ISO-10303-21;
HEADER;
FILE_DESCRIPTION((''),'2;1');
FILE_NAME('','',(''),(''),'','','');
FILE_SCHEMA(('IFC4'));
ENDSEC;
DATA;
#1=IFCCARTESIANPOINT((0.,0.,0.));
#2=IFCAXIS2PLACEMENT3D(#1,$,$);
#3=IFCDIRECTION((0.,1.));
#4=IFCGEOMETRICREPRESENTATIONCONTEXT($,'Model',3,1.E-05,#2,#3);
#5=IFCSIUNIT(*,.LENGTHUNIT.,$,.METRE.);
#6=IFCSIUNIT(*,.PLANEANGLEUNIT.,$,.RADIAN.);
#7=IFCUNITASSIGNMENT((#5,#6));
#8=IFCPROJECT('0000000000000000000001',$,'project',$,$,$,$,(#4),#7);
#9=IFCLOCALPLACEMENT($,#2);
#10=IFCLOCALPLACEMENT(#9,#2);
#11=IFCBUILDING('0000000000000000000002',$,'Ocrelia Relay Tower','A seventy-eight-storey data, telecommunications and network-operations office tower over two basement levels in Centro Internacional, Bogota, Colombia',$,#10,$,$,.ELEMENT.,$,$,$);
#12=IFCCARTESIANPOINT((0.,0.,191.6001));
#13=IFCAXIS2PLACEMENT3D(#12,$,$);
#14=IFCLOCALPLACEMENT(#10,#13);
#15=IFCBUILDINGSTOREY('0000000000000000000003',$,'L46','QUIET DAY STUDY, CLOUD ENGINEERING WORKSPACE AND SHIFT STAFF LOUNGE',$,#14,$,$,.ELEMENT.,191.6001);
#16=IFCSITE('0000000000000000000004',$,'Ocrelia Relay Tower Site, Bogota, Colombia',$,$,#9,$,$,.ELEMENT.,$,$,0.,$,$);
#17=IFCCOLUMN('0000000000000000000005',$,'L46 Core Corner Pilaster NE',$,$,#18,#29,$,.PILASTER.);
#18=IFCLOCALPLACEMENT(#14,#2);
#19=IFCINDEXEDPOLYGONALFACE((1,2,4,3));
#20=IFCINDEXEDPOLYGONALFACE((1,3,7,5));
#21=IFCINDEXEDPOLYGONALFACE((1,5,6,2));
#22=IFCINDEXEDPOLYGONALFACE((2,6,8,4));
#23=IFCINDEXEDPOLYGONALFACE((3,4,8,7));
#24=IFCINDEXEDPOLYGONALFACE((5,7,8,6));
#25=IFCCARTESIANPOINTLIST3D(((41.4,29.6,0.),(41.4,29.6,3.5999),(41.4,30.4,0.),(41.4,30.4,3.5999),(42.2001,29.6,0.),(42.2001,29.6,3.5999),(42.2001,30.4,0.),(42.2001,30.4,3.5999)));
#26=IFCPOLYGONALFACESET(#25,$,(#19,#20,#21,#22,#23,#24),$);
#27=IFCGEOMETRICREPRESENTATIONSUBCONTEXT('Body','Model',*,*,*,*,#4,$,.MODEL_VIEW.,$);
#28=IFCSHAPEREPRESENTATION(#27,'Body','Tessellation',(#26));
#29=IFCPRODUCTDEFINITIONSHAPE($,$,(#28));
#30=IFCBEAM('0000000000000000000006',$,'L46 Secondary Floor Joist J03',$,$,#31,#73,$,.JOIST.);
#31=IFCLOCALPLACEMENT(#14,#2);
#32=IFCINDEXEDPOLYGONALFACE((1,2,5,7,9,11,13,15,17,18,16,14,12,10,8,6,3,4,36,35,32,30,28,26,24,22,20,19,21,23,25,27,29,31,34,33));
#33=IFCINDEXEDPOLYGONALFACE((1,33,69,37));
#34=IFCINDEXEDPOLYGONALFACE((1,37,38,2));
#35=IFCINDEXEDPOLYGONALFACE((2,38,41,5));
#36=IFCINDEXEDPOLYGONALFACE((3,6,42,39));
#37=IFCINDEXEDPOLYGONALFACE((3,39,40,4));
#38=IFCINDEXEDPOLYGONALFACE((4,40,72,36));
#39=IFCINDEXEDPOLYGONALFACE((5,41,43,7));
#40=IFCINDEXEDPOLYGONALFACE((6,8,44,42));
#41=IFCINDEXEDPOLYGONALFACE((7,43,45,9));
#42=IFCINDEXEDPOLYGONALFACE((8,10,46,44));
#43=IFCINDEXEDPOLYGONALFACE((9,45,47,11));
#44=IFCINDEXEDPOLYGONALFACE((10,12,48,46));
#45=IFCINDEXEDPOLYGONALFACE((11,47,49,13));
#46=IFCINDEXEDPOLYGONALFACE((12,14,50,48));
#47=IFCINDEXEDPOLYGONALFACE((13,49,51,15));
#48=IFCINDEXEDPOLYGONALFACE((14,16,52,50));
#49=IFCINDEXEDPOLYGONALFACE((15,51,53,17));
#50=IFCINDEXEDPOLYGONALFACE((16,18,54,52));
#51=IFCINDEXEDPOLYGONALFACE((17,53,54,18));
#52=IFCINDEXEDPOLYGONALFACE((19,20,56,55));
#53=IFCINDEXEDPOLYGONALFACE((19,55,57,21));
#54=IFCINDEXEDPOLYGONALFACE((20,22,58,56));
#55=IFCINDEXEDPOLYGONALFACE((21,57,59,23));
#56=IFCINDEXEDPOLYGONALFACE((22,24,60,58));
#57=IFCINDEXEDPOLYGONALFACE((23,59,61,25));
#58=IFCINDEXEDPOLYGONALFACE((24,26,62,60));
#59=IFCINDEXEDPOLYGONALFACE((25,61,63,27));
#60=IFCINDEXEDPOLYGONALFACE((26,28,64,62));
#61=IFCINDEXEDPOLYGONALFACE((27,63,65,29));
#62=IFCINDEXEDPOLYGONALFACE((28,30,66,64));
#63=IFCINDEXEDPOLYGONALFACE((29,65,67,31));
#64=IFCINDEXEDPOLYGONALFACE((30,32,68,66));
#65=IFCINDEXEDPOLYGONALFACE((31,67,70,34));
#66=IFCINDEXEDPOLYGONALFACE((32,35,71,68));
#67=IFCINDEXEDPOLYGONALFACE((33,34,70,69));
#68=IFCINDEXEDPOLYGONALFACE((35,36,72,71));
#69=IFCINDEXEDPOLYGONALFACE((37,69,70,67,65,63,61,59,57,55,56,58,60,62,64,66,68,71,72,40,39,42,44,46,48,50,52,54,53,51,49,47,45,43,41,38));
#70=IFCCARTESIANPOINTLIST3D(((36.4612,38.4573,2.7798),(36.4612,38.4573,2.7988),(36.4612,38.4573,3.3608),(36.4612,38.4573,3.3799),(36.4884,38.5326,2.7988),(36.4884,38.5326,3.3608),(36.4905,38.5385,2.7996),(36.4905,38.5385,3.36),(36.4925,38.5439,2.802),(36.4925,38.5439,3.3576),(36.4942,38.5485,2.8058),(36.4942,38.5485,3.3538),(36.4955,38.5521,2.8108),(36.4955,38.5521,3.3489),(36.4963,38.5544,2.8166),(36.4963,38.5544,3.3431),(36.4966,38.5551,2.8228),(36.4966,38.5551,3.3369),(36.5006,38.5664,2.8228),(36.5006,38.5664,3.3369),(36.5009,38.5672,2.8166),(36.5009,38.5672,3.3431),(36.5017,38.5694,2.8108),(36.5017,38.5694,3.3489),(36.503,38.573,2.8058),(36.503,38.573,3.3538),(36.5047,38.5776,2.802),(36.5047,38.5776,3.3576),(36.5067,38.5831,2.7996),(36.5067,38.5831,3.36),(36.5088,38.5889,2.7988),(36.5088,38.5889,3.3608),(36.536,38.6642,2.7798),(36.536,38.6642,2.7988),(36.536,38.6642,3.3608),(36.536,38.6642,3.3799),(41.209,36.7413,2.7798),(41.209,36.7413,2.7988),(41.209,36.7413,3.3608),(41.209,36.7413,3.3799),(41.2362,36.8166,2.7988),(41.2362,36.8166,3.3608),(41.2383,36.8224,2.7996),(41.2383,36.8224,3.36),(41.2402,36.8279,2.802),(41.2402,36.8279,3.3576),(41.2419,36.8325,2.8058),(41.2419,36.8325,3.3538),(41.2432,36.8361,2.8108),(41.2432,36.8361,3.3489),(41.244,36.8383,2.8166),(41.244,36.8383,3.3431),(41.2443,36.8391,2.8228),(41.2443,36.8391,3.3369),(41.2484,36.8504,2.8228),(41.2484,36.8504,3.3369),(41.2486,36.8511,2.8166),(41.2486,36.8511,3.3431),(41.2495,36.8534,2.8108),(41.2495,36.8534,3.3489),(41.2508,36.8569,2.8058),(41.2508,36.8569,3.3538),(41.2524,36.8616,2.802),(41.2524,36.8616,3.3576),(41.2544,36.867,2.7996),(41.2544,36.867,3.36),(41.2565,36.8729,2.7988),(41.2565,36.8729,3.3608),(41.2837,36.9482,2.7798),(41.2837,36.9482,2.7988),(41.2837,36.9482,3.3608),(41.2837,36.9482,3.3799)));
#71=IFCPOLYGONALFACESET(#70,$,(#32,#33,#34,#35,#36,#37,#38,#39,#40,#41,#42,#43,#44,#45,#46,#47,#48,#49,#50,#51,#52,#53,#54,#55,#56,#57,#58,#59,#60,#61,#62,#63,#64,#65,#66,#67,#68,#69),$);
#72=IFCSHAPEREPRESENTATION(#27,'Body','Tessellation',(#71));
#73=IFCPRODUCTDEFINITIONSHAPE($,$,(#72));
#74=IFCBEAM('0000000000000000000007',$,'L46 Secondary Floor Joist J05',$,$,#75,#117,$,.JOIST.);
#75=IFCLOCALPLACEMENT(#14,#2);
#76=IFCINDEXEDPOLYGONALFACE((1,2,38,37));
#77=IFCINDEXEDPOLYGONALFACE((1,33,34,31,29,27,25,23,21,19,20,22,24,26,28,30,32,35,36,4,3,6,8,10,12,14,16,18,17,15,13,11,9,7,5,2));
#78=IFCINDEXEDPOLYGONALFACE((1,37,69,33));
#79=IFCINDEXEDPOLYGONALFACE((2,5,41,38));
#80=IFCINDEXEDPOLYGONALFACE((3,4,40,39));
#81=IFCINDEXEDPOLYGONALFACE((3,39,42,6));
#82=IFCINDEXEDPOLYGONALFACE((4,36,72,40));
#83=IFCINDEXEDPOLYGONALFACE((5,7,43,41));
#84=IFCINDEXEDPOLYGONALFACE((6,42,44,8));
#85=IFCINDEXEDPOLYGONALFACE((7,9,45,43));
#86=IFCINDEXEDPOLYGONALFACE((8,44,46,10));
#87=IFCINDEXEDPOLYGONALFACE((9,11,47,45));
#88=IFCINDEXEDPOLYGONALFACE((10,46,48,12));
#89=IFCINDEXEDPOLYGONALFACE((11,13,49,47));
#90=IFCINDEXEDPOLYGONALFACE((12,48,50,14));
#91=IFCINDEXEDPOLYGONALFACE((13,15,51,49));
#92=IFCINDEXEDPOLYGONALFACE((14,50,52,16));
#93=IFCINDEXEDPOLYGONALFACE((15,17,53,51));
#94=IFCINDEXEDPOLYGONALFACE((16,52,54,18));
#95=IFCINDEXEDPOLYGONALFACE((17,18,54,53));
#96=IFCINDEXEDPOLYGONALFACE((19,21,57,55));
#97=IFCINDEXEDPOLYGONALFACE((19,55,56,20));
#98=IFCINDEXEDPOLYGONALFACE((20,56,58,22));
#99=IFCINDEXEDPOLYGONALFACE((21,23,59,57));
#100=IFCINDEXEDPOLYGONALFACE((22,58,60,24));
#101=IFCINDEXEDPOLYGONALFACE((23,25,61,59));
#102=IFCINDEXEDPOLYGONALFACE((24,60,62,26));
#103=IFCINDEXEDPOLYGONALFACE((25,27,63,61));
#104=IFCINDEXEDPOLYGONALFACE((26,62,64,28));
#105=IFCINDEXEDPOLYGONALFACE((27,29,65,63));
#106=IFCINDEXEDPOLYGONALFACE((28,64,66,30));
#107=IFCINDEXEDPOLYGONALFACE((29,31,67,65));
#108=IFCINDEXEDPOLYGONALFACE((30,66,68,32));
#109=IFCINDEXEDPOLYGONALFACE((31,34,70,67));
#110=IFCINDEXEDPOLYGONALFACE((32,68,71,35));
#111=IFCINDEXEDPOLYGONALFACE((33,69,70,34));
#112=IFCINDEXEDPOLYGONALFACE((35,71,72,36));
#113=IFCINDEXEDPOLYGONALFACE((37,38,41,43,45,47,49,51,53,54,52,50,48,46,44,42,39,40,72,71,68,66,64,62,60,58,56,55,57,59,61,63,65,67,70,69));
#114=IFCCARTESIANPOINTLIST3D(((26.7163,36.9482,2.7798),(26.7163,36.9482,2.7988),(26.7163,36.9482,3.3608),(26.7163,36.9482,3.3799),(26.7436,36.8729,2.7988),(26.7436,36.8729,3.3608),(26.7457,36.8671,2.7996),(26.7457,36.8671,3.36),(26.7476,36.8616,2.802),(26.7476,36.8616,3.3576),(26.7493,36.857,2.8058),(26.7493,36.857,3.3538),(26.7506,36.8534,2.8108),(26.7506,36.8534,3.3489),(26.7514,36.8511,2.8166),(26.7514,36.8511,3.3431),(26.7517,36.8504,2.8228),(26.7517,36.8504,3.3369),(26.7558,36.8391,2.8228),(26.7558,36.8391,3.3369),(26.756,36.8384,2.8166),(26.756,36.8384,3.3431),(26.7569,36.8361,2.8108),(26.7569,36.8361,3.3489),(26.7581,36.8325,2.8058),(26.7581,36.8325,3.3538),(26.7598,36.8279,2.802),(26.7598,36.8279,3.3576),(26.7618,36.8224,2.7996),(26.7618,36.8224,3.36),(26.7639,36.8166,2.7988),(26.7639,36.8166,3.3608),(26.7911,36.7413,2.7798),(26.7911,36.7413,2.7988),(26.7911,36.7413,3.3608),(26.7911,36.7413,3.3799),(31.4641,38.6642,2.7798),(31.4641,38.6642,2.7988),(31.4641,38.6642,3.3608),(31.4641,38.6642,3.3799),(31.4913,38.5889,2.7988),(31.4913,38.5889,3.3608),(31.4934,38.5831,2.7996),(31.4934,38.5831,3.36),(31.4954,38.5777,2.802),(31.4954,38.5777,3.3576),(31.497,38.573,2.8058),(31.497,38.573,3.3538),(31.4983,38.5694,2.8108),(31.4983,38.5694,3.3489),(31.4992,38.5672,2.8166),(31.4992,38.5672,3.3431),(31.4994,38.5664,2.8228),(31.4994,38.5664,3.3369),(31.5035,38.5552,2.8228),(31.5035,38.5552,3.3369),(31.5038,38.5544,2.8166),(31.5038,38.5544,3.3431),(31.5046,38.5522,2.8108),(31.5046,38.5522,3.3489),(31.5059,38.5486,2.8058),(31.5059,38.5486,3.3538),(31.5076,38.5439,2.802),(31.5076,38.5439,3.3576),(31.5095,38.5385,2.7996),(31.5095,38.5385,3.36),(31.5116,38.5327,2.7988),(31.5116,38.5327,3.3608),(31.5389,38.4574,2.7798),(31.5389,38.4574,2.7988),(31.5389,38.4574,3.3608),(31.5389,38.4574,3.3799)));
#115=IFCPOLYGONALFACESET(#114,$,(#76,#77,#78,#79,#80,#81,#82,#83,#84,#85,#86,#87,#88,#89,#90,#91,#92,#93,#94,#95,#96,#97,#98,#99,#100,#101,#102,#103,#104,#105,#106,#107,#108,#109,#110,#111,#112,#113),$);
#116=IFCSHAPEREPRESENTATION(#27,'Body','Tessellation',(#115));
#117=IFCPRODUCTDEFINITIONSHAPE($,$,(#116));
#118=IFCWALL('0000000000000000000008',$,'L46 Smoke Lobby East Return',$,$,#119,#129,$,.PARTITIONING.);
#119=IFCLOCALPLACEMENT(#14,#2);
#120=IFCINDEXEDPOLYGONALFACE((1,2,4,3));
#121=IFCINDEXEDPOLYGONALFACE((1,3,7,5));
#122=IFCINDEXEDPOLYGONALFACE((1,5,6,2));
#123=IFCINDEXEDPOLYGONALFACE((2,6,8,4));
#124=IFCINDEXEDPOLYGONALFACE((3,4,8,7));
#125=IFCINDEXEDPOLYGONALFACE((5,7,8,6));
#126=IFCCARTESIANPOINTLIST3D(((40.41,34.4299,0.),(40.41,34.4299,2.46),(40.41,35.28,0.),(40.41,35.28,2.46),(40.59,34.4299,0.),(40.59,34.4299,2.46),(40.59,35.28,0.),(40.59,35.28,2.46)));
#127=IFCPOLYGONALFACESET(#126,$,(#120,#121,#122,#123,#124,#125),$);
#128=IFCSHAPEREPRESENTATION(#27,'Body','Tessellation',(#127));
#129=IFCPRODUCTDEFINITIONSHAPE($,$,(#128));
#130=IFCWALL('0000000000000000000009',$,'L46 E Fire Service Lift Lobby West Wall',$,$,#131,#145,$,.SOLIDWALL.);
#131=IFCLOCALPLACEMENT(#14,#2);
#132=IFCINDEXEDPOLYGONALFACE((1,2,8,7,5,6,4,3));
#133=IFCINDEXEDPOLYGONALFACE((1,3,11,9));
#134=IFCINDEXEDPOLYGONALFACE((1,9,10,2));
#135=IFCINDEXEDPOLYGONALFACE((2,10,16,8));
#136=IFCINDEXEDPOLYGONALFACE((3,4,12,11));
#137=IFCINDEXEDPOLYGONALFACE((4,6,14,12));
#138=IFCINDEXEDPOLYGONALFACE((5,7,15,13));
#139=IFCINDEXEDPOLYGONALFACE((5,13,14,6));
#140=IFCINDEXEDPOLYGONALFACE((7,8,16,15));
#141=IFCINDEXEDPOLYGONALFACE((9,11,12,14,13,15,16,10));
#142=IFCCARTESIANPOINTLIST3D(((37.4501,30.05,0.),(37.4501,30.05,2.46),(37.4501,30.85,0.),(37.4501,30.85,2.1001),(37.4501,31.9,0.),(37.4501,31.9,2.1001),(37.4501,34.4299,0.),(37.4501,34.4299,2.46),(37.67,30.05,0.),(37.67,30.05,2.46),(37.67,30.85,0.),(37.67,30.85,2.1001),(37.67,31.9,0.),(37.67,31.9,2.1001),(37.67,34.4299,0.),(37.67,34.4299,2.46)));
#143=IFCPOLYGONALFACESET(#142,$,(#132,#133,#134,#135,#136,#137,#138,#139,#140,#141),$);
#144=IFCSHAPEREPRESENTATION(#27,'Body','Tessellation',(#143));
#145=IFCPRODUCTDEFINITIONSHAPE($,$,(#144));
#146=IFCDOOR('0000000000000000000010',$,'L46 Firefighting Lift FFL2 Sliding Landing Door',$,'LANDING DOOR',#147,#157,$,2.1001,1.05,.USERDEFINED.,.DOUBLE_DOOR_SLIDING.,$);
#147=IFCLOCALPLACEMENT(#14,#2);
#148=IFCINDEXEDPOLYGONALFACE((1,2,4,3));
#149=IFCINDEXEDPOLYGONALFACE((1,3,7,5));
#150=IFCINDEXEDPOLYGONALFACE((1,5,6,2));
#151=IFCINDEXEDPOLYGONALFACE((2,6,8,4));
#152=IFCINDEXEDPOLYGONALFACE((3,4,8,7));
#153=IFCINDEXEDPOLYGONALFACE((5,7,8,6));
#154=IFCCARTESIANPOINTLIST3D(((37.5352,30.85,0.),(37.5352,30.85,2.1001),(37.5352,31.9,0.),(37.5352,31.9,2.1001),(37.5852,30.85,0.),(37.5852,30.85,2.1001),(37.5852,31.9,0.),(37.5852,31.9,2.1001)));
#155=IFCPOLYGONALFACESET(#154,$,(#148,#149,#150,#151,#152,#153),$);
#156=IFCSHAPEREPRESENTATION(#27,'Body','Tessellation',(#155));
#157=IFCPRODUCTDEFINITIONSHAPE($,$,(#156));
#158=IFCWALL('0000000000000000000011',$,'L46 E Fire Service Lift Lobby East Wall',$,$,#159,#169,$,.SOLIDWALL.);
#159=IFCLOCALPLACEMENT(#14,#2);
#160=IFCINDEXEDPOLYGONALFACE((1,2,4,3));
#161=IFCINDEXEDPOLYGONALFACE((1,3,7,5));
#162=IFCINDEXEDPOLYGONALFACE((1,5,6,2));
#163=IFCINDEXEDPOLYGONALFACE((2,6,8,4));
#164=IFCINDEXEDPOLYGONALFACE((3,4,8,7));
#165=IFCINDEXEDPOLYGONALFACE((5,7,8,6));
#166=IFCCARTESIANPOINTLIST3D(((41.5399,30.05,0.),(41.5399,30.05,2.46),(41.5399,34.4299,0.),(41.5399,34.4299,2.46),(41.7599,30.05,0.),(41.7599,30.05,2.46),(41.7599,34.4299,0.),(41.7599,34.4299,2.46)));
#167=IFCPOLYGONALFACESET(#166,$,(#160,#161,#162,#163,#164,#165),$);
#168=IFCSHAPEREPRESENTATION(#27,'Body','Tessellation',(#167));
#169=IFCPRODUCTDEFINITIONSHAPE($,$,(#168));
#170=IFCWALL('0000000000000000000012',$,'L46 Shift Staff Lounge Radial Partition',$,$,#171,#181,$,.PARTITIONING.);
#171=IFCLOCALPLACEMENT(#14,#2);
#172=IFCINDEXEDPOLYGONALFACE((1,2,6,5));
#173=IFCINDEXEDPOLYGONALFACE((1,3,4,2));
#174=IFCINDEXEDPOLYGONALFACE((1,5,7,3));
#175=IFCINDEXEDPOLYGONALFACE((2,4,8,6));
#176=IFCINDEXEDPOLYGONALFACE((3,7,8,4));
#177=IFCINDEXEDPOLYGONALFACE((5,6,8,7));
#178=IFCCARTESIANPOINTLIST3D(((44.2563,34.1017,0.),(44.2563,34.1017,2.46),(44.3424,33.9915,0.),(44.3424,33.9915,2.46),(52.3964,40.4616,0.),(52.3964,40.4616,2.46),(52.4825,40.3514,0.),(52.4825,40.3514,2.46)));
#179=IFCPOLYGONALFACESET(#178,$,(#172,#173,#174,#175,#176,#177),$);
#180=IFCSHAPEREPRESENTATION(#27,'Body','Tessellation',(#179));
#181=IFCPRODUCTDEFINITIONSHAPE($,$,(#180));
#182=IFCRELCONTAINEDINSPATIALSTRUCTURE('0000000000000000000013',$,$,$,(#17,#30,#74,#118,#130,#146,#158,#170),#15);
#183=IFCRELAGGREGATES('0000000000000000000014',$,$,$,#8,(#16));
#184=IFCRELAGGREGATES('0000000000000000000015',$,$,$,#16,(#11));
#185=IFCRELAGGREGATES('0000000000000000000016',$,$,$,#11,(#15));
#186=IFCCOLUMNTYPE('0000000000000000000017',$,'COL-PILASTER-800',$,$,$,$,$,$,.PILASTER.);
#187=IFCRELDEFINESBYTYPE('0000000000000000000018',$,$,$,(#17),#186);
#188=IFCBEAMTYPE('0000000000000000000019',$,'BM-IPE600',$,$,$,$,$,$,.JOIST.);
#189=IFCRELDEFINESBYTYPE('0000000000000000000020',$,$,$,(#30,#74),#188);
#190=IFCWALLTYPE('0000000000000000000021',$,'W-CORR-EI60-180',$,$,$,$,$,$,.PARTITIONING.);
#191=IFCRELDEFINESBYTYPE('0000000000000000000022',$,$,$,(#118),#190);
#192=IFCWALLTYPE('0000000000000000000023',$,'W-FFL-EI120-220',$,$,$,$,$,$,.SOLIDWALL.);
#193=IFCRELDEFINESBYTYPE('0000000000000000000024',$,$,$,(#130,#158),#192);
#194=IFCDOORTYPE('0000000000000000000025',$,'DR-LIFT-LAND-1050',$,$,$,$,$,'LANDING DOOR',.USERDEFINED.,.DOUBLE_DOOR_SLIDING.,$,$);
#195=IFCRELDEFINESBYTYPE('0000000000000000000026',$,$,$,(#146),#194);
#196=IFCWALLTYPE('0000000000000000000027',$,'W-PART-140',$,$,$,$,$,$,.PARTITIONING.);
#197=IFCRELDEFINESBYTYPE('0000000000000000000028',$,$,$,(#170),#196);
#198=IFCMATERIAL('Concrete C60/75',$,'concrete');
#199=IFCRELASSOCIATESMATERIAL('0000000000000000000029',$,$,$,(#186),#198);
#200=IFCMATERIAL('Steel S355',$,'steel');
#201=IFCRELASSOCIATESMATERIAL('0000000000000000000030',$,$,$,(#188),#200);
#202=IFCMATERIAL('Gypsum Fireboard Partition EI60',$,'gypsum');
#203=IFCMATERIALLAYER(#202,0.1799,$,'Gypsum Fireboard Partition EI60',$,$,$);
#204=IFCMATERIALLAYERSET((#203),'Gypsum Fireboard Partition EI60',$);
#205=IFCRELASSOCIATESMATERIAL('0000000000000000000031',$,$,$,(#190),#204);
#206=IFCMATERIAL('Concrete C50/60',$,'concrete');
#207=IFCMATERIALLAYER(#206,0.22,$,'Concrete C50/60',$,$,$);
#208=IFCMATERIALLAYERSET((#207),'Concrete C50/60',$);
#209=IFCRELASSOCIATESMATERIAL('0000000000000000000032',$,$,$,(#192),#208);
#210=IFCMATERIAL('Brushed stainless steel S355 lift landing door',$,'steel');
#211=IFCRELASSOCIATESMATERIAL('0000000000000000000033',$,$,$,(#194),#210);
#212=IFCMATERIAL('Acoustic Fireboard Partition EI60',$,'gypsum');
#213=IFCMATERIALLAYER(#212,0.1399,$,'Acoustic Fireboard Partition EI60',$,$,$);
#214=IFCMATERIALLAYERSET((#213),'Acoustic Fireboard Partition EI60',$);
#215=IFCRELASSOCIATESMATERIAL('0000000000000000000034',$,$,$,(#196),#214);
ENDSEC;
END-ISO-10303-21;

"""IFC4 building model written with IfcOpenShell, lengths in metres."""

from ifc_helpers import new_model, si_unit, direction, frame, frame_2d, origin, origin_2d, place, context, subcontext, project, spatial, rectangle, i_section, extrude, material, layer, layer_set, material_profile, profile_set, type_object, element, fill, save


model = new_model("IFC4")

# Units and contexts
model_context = context("Model", 3, precision=1e-05, world=origin(), true_north=direction((0.0, 1.0)))
body_context = subcontext(model_context, "Body", "Model", "MODEL_VIEW")
ifc_project = project(units=[si_unit("LENGTHUNIT", "METRE"), si_unit("PLANEANGLEUNIT", "RADIAN")], contexts=[model_context])

# Site, building, storey
site_placement = place(None, origin())
site = spatial("IfcSite", under=ifc_project, at=site_placement, Name="Ocrelia Relay Tower Site, Bogota, Colombia", CompositionType="ELEMENT", RefElevation=0.0)
building_placement = place(site_placement, origin())
building = spatial("IfcBuilding", under=site, at=building_placement, Name="Ocrelia Relay Tower", Description="A seventy-eight-storey data, telecommunications and network-operations office tower over two basement levels in Centro Internacional, Bogota, Colombia", CompositionType="ELEMENT")
storey_placement = place(building_placement, frame((0.0, 0.0, 191.6001)))
storey = spatial("IfcBuildingStorey", under=building, at=storey_placement, Name="L46", Description="QUIET DAY STUDY, CLOUD ENGINEERING WORKSPACE AND SHIFT STAFF LOUNGE", CompositionType="ELEMENT", Elevation=191.6001)

# Column
ifc_material_1 = material(Name="Concrete C60/75", Category="concrete")
ifc_material_profile_1 = material_profile(ifc_material_1, rectangle(XDim=0.8, YDim=0.8, at=origin_2d()), Name="RC-COL-800x800")
ifc_profile_set_1 = profile_set([ifc_material_profile_1], Name="Concrete C60/75")
column_type = type_object("IfcColumnType", Name="COL-PILASTER-800", PredefinedType="PILASTER", material=ifc_profile_set_1)
column_placement = place(storey_placement, frame((41.8, 30.0, 0.0), z_axis=(0.0, 0.0, 1.0), x_axis=(1.0, 0.0, 0.0)))
element("IfcColumn", 1, at=column_placement, inside=storey, type_object=column_type, Name="L46 Core Corner Pilaster NE", PredefinedType="PILASTER", context=body_context, shape_type="SweptSolid", body=[
    extrude(rectangle(XDim=0.8, YDim=0.8, at=origin_2d()), origin(), (0.0, 0.0, 1.0), 3.5999),
])

# Beams
ifc_material_2 = material(Name="Steel S355", Category="steel")
ifc_material_profile_2 = material_profile(ifc_material_2, i_section(OverallWidth=0.22, OverallDepth=0.6001, WebThickness=0.012, FlangeThickness=0.019, FilletRadius=0.0239, at=origin_2d()), Name="IPE 600")
ifc_profile_set_2 = profile_set([ifc_material_profile_2], Name="Steel S355")
beam_type = type_object("IfcBeamType", Name="BM-IPE600", PredefinedType="JOIST", material=ifc_profile_set_2)
for number, where, z_axis, x_axis, name in (
    (2, (41.2463, 36.8447, 3.0798), (-0.940454, 0.339921, 0.0), (-0.339921, -0.940454, 0.0), "L46 Secondary Floor Joist J03"),
    (3, (31.5015, 38.5608, 3.0798), (-0.940454, -0.339921, 0.0), (0.339921, -0.940454, 0.0), "L46 Secondary Floor Joist J05"),
):
    element("IfcBeam", number, at=place(storey_placement, frame(where, z_axis=z_axis, x_axis=x_axis)), inside=storey, type_object=beam_type, Name=name, PredefinedType="JOIST", context=body_context, shape_type="SweptSolid", body=[
        extrude(i_section(OverallWidth=0.22, OverallDepth=0.6001, WebThickness=0.012, FlangeThickness=0.019, FilletRadius=0.0239, at=origin_2d()), origin(), (0.0, 0.0, 1.0), 5.0483),
    ])

# Wall
ifc_material_3 = material(Name="Gypsum Fireboard Partition EI60", Category="gypsum")
ifc_layer_1 = layer(ifc_material_3, 0.1799, Name="Gypsum Fireboard Partition EI60")
ifc_layer_set_1 = layer_set([ifc_layer_1], Name="Gypsum Fireboard Partition EI60")
wall_type_1 = type_object("IfcWallType", Name="W-CORR-EI60-180", PredefinedType="PARTITIONING", material=ifc_layer_set_1)
wall_1_placement = place(storey_placement, frame((40.5, 35.28, 0.0), z_axis=(0.0, 0.0, 1.0), x_axis=(0.0, -1.0, 0.0)))
element("IfcWall", 4, at=wall_1_placement, inside=storey, type_object=wall_type_1, Name="L46 Smoke Lobby East Return", PredefinedType="PARTITIONING", context=body_context, shape_type="SweptSolid", body=[
    extrude(rectangle(XDim=0.8501, YDim=0.1799, at=frame_2d((0.425, 0.0))), origin(), (0.0, 0.0, 1.0), 2.46),
])

# Wall, opening, door
ifc_material_4 = material(Name="Concrete C50/60", Category="concrete")
ifc_layer_2 = layer(ifc_material_4, 0.22, Name="Concrete C50/60")
ifc_layer_set_2 = layer_set([ifc_layer_2], Name="Concrete C50/60")
wall_type_2 = type_object("IfcWallType", Name="W-FFL-EI120-220", PredefinedType="SOLIDWALL", material=ifc_layer_set_2)
wall_2_placement = place(storey_placement, frame((37.5601, 30.05, 0.0), z_axis=(0.0, 0.0, 1.0), x_axis=(0.0, 1.0, 0.0)))
wall_2 = element("IfcWall", 5, at=wall_2_placement, inside=storey, type_object=wall_type_2, Name="L46 E Fire Service Lift Lobby West Wall", PredefinedType="SOLIDWALL", context=body_context, shape_type="SweptSolid", body=[
    extrude(rectangle(XDim=4.3799, YDim=0.22, at=frame_2d((2.1899, 0.0))), origin(), (0.0, 0.0, 1.0), 2.46),
])
opening_1_placement = place(wall_2_placement, frame((0.8, 0.0, 0.0)))
opening_1 = element("IfcOpeningElement", 6, at=opening_1_placement, cuts=wall_2, PredefinedType="OPENING", context=body_context, shape_type="SweptSolid", body=[
    extrude(rectangle(XDim=1.05, YDim=2.1001, at=frame_2d((0.5249, 1.05))), frame((0.0, 0.1201, 0.0), z_axis=(0.0, -1.0, 0.0), x_axis=(1.0, 0.0, 0.0)), (0.0, 0.0, 1.0), 0.24),
])
ifc_material_5 = material(Name="Brushed stainless steel S355 lift landing door", Category="steel")
door_type_1 = type_object("IfcDoorType", Name="DR-LIFT-LAND-1050", ElementType="LANDING DOOR", OperationType="DOUBLE_DOOR_SLIDING", PredefinedType="USERDEFINED", material=ifc_material_5)
door_1_placement = place(opening_1_placement, origin())
door_1 = element("IfcDoor", 7, at=door_1_placement, inside=storey, type_object=door_type_1, Name="L46 Firefighting Lift FFL2 Sliding Landing Door", ObjectType="LANDING DOOR", OperationType="DOUBLE_DOOR_SLIDING", OverallHeight=2.1001, OverallWidth=1.05, PredefinedType="USERDEFINED", context=body_context, shape_type="SweptSolid", body=[
    extrude(rectangle(XDim=1.05, YDim=2.1001, at=frame_2d((0.5249, 1.05))), frame((0.0, 0.0249, 0.0), z_axis=(0.0, -1.0, 0.0), x_axis=(1.0, 0.0, 0.0)), (0.0, 0.0, 1.0), 0.05),
])
fill(opening_1, door_1)

# Wall
wall_3_placement = place(storey_placement, frame((41.6499, 30.05, 0.0), z_axis=(0.0, 0.0, 1.0), x_axis=(0.0, 1.0, 0.0)))
element("IfcWall", 8, at=wall_3_placement, inside=storey, type_object=wall_type_2, Name="L46 E Fire Service Lift Lobby East Wall", PredefinedType="SOLIDWALL", context=body_context, shape_type="SweptSolid", body=[
    extrude(rectangle(XDim=4.3799, YDim=0.22, at=frame_2d((2.1899, 0.0))), origin(), (0.0, 0.0, 1.0), 2.46),
])

# Wall
ifc_material_6 = material(Name="Acoustic Fireboard Partition EI60", Category="gypsum")
ifc_layer_3 = layer(ifc_material_6, 0.1399, Name="Acoustic Fireboard Partition EI60")
ifc_layer_set_3 = layer_set([ifc_layer_3], Name="Acoustic Fireboard Partition EI60")
wall_type_3 = type_object("IfcWallType", Name="W-PART-140", PredefinedType="PARTITIONING", material=ifc_layer_set_3)
wall_4_placement = place(storey_placement, frame((44.2993, 34.0466, 0.0), z_axis=(0.0, 0.0, 1.0), x_axis=(0.788006, 0.615667, 0.0)))
element("IfcWall", 9, at=wall_4_placement, inside=storey, type_object=wall_type_3, Name="L46 Shift Staff Lounge Radial Partition", PredefinedType="PARTITIONING", context=body_context, shape_type="SweptSolid", body=[
    extrude(rectangle(XDim=10.3301, YDim=0.1399, at=frame_2d((5.165, 0.0))), origin(), (0.0, 0.0, 1.0), 2.46),
])

save(model, "model.ifc")
